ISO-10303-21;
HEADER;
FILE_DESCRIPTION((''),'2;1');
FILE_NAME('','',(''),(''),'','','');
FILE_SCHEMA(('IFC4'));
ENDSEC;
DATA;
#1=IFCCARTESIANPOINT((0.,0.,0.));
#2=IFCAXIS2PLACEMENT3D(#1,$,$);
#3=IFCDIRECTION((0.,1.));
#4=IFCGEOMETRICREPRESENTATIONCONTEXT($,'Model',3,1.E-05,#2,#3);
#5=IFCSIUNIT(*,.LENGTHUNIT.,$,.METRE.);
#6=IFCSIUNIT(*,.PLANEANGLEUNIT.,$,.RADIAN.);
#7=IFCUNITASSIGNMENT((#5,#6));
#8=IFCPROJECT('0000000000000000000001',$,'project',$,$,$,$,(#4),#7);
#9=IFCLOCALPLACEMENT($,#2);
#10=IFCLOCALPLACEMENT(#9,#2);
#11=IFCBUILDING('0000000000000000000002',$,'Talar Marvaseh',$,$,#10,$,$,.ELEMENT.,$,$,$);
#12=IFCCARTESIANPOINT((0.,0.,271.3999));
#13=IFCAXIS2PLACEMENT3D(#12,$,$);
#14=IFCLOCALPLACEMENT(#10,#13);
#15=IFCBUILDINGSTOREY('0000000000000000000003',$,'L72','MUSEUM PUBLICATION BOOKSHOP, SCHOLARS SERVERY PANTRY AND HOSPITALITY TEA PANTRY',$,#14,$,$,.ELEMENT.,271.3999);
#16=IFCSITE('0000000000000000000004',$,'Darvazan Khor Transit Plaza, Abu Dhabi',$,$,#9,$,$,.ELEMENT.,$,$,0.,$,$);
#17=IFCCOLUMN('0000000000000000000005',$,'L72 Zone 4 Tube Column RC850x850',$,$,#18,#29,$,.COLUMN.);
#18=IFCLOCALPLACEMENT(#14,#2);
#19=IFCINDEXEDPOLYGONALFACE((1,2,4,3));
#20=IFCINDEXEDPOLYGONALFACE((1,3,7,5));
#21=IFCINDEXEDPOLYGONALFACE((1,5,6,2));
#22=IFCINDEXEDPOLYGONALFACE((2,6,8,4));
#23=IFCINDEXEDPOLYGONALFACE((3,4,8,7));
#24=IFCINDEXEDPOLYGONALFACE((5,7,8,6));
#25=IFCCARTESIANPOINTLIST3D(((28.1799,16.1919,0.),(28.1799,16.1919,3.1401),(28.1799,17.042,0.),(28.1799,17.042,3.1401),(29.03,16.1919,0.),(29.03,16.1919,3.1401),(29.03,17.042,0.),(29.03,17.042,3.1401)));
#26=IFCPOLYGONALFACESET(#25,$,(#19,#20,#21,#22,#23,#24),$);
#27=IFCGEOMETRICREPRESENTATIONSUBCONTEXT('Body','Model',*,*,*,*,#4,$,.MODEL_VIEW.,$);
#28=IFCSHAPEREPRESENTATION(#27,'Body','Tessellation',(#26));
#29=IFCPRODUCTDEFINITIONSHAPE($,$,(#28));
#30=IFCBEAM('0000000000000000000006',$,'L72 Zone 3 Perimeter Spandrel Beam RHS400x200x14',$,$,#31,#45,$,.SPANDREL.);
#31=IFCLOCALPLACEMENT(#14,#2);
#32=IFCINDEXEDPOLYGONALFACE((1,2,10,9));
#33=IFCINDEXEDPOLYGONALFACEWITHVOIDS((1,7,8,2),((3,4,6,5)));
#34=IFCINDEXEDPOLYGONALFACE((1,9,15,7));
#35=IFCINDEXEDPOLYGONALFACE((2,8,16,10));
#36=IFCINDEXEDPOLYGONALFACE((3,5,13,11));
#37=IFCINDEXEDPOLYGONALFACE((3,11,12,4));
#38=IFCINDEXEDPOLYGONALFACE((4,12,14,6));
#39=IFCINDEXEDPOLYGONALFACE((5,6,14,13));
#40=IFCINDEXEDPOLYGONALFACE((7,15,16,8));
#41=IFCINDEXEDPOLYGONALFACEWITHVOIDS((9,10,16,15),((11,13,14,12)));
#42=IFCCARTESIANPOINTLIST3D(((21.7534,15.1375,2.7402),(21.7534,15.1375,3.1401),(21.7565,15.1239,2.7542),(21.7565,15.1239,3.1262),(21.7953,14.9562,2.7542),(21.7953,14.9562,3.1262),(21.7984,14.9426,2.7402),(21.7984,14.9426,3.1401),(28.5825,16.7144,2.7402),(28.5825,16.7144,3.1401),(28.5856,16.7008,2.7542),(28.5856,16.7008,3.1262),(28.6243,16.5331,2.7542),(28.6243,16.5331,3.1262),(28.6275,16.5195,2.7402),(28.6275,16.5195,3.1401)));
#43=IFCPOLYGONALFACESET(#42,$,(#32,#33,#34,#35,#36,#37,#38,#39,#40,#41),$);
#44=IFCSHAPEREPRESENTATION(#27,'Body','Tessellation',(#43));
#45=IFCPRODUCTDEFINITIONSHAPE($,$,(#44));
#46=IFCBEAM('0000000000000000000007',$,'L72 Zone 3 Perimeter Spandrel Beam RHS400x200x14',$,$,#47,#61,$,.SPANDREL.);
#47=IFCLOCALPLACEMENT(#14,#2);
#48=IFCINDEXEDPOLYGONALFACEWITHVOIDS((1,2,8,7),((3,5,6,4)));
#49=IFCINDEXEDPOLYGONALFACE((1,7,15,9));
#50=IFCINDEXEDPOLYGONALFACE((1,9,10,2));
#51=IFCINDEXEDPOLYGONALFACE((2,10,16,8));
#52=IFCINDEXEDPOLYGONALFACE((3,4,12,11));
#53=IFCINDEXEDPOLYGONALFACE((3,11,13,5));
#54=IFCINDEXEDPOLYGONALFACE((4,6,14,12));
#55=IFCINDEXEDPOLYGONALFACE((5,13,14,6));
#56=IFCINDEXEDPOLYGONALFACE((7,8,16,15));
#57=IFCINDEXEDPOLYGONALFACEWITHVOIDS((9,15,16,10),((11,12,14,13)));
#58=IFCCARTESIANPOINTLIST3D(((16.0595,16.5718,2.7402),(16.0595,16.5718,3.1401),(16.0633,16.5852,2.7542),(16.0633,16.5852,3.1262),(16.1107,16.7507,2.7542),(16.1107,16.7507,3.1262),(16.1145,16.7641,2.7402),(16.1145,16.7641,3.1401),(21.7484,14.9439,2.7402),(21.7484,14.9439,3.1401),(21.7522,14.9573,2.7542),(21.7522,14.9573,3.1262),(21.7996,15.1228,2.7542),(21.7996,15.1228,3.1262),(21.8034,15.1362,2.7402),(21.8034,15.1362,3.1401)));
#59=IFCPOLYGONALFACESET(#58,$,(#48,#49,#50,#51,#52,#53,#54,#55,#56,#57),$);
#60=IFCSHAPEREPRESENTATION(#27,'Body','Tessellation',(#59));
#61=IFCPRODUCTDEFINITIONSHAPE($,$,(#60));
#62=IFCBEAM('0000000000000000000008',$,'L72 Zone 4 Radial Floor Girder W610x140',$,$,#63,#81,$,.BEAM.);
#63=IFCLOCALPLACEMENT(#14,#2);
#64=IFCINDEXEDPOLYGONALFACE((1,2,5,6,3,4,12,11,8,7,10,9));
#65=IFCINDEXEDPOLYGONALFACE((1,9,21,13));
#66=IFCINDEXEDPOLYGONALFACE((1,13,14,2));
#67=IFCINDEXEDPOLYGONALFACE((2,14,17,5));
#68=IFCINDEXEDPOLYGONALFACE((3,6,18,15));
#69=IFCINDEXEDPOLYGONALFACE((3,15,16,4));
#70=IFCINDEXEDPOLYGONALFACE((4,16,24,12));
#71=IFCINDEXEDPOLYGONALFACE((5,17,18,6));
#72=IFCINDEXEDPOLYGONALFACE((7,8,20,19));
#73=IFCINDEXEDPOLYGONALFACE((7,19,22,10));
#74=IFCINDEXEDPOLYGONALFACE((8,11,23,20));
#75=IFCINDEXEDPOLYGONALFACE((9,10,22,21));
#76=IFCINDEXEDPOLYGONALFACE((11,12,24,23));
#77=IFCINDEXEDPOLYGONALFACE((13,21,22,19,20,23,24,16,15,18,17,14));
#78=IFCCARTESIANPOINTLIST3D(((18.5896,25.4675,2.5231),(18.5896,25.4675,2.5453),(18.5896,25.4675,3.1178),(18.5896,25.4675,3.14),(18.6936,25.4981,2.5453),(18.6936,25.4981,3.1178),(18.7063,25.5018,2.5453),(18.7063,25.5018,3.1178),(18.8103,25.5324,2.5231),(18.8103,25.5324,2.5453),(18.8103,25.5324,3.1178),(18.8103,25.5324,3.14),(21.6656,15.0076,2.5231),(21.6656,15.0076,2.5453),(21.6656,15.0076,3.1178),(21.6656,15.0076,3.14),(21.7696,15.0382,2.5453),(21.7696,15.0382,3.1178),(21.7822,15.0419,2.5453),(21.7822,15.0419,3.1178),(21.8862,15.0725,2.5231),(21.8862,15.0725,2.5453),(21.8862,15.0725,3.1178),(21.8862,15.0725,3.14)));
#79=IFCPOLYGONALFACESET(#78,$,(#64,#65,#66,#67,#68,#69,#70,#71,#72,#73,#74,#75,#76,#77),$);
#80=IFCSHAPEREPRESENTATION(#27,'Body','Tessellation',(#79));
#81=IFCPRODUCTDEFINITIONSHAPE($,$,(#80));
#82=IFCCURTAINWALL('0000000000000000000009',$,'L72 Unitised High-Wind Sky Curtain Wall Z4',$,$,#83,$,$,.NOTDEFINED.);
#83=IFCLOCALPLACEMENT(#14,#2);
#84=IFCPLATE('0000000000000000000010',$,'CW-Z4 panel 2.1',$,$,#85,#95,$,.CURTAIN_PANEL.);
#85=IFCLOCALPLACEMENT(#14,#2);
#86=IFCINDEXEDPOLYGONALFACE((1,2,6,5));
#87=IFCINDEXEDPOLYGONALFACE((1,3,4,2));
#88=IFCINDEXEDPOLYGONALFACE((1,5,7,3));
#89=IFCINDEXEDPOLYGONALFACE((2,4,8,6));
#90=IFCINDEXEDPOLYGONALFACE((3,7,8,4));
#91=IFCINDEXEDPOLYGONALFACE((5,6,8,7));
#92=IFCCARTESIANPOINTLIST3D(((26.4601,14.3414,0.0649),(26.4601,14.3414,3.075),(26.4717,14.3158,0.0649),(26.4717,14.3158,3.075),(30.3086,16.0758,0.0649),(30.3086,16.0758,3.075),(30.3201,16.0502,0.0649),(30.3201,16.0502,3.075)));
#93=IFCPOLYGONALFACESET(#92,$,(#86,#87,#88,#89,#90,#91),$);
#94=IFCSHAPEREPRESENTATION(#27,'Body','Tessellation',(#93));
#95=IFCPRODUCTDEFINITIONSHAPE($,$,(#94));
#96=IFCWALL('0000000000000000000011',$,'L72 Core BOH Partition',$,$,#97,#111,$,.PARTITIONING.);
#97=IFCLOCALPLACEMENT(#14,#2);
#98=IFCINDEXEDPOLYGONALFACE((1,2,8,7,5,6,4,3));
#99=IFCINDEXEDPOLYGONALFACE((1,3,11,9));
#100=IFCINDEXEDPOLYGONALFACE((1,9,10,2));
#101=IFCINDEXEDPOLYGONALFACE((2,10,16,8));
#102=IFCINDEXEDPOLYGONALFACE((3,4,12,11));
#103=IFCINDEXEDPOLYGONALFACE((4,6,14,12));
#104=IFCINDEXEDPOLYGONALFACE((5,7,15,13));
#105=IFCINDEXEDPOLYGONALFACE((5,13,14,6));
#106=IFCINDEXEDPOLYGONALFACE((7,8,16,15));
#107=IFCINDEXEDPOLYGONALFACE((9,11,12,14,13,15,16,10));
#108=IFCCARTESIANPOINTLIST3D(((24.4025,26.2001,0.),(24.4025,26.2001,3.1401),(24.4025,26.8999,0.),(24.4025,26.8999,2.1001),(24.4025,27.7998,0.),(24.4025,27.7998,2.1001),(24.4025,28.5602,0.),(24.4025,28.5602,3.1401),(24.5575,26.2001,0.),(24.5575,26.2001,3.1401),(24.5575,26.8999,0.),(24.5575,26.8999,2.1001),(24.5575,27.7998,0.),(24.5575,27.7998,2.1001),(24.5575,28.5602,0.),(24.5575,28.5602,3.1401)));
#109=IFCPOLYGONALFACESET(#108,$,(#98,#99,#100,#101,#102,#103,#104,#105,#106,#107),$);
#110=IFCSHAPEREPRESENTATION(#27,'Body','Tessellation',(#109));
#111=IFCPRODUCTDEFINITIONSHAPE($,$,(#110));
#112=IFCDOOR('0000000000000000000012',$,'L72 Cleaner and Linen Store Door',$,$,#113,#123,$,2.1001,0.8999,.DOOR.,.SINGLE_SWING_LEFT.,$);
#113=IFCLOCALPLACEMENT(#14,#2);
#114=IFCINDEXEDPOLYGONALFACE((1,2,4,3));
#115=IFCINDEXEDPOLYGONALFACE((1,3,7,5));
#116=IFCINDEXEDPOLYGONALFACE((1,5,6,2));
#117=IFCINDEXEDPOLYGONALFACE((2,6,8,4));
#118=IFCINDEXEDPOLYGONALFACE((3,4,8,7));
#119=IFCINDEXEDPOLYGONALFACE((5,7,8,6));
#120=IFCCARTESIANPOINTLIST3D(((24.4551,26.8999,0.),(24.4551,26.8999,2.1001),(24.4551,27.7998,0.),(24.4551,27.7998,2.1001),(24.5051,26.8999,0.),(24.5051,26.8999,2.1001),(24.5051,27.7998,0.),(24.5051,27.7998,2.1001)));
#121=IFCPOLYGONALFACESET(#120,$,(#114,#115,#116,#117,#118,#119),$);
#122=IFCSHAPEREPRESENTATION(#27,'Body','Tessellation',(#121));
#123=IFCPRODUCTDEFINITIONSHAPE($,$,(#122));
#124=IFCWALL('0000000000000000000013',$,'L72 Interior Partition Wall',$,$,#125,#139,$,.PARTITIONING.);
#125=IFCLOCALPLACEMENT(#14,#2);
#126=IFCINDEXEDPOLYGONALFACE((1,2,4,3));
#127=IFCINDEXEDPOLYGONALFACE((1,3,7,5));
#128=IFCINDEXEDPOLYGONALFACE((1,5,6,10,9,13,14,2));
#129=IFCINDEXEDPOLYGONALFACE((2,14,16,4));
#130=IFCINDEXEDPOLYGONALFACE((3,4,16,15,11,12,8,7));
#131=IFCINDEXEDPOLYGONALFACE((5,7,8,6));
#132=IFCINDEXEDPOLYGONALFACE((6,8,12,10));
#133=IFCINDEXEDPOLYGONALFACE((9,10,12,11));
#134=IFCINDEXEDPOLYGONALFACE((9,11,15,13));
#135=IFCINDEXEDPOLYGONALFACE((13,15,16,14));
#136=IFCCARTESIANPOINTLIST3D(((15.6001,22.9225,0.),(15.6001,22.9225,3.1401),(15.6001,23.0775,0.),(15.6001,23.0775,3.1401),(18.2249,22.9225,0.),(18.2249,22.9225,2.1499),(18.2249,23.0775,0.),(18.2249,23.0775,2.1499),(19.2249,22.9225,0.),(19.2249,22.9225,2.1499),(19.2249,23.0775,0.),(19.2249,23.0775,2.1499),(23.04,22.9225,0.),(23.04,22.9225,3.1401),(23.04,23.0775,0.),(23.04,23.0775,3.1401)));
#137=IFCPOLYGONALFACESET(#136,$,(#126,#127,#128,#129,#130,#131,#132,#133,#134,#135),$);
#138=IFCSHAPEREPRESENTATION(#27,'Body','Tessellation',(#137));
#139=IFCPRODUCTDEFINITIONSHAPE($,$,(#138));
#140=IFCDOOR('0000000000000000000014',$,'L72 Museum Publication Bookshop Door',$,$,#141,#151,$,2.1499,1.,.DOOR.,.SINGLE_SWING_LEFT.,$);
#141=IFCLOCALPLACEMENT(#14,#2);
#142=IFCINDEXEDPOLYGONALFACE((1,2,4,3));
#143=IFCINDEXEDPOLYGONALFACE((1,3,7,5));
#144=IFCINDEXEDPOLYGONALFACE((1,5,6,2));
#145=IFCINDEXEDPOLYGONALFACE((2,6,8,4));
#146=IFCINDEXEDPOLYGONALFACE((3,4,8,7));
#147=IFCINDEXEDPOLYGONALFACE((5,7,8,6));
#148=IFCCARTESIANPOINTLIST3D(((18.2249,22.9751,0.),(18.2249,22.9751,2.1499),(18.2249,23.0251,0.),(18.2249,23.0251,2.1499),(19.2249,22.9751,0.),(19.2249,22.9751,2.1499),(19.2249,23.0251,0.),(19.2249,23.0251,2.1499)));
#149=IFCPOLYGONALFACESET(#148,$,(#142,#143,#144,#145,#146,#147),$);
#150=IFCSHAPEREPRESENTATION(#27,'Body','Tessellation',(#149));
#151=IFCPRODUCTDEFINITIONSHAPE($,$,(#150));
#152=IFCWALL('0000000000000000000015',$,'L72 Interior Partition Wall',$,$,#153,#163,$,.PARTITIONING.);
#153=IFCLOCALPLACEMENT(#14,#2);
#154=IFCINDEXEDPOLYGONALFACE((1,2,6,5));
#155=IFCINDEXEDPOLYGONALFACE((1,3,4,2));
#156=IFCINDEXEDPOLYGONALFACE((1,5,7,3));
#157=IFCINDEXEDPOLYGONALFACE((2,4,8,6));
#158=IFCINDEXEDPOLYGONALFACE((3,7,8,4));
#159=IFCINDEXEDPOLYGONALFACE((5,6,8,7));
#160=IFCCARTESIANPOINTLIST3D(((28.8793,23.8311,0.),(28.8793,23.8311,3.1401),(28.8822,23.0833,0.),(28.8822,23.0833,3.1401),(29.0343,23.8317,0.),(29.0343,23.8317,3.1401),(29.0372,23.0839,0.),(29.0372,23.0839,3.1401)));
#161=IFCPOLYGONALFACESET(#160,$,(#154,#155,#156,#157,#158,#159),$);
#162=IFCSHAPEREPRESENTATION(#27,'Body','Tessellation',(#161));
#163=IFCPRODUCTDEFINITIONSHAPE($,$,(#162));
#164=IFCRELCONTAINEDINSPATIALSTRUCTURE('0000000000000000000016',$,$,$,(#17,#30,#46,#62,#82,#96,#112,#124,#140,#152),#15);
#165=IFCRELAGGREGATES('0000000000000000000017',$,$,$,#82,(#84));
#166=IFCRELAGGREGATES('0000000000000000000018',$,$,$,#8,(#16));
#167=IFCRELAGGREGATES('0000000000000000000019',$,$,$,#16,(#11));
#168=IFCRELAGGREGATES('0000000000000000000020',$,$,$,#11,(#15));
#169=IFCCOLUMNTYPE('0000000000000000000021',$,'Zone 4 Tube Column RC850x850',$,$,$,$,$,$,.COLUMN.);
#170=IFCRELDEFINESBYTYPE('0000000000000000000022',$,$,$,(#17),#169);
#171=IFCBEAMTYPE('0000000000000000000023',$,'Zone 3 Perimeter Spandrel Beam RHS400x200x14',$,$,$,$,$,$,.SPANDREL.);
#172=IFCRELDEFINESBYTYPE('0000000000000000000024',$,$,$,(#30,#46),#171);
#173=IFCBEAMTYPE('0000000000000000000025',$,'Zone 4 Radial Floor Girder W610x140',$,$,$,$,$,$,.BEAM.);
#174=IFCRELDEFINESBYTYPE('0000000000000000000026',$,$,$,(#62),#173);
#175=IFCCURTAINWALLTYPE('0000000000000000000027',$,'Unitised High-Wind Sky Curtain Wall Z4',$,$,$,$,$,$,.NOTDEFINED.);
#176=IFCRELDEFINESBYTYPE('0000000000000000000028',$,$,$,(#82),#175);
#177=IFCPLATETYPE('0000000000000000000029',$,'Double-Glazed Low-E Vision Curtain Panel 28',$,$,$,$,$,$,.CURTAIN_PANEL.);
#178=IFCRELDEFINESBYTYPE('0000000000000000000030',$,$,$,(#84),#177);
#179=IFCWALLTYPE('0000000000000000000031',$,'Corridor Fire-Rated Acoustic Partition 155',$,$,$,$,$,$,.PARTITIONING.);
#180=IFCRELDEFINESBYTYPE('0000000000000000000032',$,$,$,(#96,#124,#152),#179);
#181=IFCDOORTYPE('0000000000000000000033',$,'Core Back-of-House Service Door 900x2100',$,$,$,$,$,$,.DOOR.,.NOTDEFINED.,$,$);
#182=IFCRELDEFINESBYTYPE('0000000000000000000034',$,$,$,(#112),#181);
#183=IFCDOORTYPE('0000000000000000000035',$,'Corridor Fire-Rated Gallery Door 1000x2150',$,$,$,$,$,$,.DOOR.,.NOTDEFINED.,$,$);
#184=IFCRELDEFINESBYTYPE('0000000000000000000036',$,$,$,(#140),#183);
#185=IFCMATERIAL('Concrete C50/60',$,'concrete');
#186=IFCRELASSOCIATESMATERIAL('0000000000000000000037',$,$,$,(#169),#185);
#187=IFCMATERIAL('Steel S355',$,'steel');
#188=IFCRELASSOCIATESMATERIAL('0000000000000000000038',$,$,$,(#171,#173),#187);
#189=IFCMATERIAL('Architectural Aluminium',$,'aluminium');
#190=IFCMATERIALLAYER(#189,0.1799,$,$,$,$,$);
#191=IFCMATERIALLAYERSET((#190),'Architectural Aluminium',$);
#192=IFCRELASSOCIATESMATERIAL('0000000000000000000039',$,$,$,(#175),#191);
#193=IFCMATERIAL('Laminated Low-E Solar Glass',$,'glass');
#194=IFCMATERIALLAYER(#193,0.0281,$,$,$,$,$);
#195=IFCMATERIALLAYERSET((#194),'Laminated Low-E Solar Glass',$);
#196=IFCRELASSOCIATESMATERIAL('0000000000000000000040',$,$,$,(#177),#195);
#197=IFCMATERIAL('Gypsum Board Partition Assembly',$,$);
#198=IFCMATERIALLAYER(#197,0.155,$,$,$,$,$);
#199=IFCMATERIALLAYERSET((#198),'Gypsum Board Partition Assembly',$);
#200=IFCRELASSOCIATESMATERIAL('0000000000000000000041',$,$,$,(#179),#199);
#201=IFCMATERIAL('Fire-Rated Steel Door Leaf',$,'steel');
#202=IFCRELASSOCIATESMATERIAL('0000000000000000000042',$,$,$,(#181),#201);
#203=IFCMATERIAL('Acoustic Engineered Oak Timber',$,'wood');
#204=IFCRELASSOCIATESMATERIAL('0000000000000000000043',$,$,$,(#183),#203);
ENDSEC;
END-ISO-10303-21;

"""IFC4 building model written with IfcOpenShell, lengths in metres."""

from ifc_helpers import new_model, si_unit, direction, frame, frame_2d, origin, origin_2d, place, context, subcontext, project, spatial, rectangle, hollow_rectangle, i_section, extrude, source, transform, mapped, material, layer, layer_set, material_profile, profile_set, type_object, type_shapes, element, fill, aggregate, save


model = new_model("IFC4")

# Units and contexts
model_context = context("Model", 3, precision=1e-05, world=origin(), true_north=direction((0.0, 1.0)))
body_context = subcontext(model_context, "Body", "Model", "MODEL_VIEW")
ifc_project = project(units=[si_unit("LENGTHUNIT", "METRE"), si_unit("PLANEANGLEUNIT", "RADIAN")], contexts=[model_context])

# Site, building, storey
site_placement = place(None, origin())
site = spatial("IfcSite", under=ifc_project, at=site_placement, Name="Darvazan Khor Transit Plaza, Abu Dhabi", CompositionType="ELEMENT", RefElevation=0.0)
building_placement = place(site_placement, origin())
building = spatial("IfcBuilding", under=site, at=building_placement, Name="Talar Marvaseh", CompositionType="ELEMENT")
storey_placement = place(building_placement, frame((0.0, 0.0, 271.3999)))
storey = spatial("IfcBuildingStorey", under=building, at=storey_placement, Name="L72", Description="MUSEUM PUBLICATION BOOKSHOP, SCHOLARS SERVERY PANTRY AND HOSPITALITY TEA PANTRY", CompositionType="ELEMENT", Elevation=271.3999)

# Column
ifc_material_1 = material(Name="Concrete C50/60", Category="concrete")
ifc_material_profile_1 = material_profile(ifc_material_1, rectangle(XDim=0.8501, YDim=0.8501, at=origin_2d()), Name="RC850x850")
ifc_profile_set_1 = profile_set([ifc_material_profile_1], Name="Concrete C50/60")
column_type = type_object("IfcColumnType", Name="Zone 4 Tube Column RC850x850", PredefinedType="COLUMN", material=ifc_profile_set_1)
column_placement = place(storey_placement, frame((28.605, 16.6169, 0.0), z_axis=(0.0, 0.0, 1.0), x_axis=(1.0, 0.0, 0.0)))
element("IfcColumn", 1, at=column_placement, inside=storey, type_object=column_type, Name="L72 Zone 4 Tube Column RC850x850", PredefinedType="COLUMN", context=body_context, shape_type="SweptSolid", body=[
    extrude(rectangle(XDim=0.8501, YDim=0.8501, at=origin_2d()), origin(), (0.0, 0.0, 1.0), 3.1401),
])

# Beams
ifc_material_2 = material(Name="Steel S355", Category="steel")
ifc_material_profile_2 = material_profile(ifc_material_2, hollow_rectangle(XDim=0.2, YDim=0.3999, WallThickness=0.0139, at=origin_2d()), Name="RHS400x200x14")
ifc_profile_set_2 = profile_set([ifc_material_profile_2], Name="Steel S355")
beam_type_1 = type_object("IfcBeamType", Name="Zone 3 Perimeter Spandrel Beam RHS400x200x14", PredefinedType="SPANDREL", material=ifc_profile_set_2)
beam_1_placement = place(storey_placement, frame((28.605, 16.6169, 2.9402), z_axis=(-0.974361, -0.224989, 0.0), x_axis=(0.224989, -0.974361, 0.0)))
element("IfcBeam", 2, at=beam_1_placement, inside=storey, type_object=beam_type_1, Name="L72 Zone 3 Perimeter Spandrel Beam RHS400x200x14", PredefinedType="SPANDREL", context=body_context, shape_type="SweptSolid", body=[
    extrude(hollow_rectangle(XDim=0.2, YDim=0.3999, WallThickness=0.0139, at=origin_2d()), origin(), (0.0, 0.0, 1.0), 7.0088),
])
beam_2_placement = place(storey_placement, frame((21.7759, 15.04, 2.9402), z_axis=(-0.961412, 0.275113, 0.0), x_axis=(-0.275113, -0.961412, 0.0)))
element("IfcBeam", 3, at=beam_2_placement, inside=storey, type_object=beam_type_1, Name="L72 Zone 3 Perimeter Spandrel Beam RHS400x200x14", PredefinedType="SPANDREL", context=body_context, shape_type="SweptSolid", body=[
    extrude(hollow_rectangle(XDim=0.2, YDim=0.3999, WallThickness=0.0139, at=origin_2d()), origin(), (0.0, 0.0, 1.0), 5.9172),
])
ifc_material_profile_3 = material_profile(ifc_material_2, i_section(OverallWidth=0.23, OverallDepth=0.6169, WebThickness=0.0132, FlangeThickness=0.0222, at=origin_2d()), Name="W610x140")
ifc_profile_set_3 = profile_set([ifc_material_profile_3], Name="Steel S355")
beam_type_2 = type_object("IfcBeamType", Name="Zone 4 Radial Floor Girder W610x140", PredefinedType="BEAM", material=ifc_profile_set_3)
beam_3_placement = place(storey_placement, frame((21.7759, 15.04, 2.8315), z_axis=(-0.282121, 0.959379, 0.0), x_axis=(-0.959379, -0.282121, 0.0)))
element("IfcBeam", 4, at=beam_3_placement, inside=storey, type_object=beam_type_2, Name="L72 Zone 4 Radial Floor Girder W610x140", PredefinedType="BEAM", context=body_context, shape_type="SweptSolid", body=[
    extrude(i_section(OverallWidth=0.23, OverallDepth=0.6169, WebThickness=0.0132, FlangeThickness=0.0222, at=origin_2d()), origin(), (0.0, 0.0, 1.0), 10.9028),
])

# Curtain wall, plate
ifc_material_3 = material(Name="Architectural Aluminium", Category="aluminium")
ifc_layer_1 = layer(ifc_material_3, 0.1799)
ifc_layer_set_1 = layer_set([ifc_layer_1], Name="Architectural Aluminium")
curtain_wall_type = type_object("IfcCurtainWallType", Name="Unitised High-Wind Sky Curtain Wall Z4", PredefinedType="NOTDEFINED", material=ifc_layer_set_1)
curtain_wall_placement = place(storey_placement, origin())
curtain_wall = element("IfcCurtainWall", 5, at=curtain_wall_placement, inside=storey, type_object=curtain_wall_type, Name="L72 Unitised High-Wind Sky Curtain Wall Z4", PredefinedType="NOTDEFINED")
ifc_material_4 = material(Name="Laminated Low-E Solar Glass", Category="glass")
ifc_layer_2 = layer(ifc_material_4, 0.0281)
ifc_layer_set_2 = layer_set([ifc_layer_2], Name="Laminated Low-E Solar Glass")
plate_type = type_object("IfcPlateType", Name="Double-Glazed Low-E Vision Curtain Panel 28", PredefinedType="CURTAIN_PANEL", material=ifc_layer_set_2)
shared_shape_1 = source(origin(), body_context, "Body", "SweptSolid", [
    extrude(rectangle(XDim=4.2212, YDim=0.0281, at=origin_2d()), origin(), (0.0, 0.0, 1.0), 3.01),
])
type_shapes(plate_type, [shared_shape_1])
plate_placement = place(storey_placement, frame((28.3901, 15.1958, 0.0649), z_axis=(0.0, 0.0, 1.0), x_axis=(-0.911699, -0.41086, 0.0)))
plate = element("IfcPlate", 6, at=plate_placement, type_object=plate_type, Name="CW-Z4 panel 2.1", PredefinedType="CURTAIN_PANEL", context=body_context, shape_type="MappedRepresentation", body=[
    mapped(shared_shape_1, transform((0.0, 0.0, 0.0), x_axis=(1.0, 0.0, 0.0), y_axis=(0.0, 1.0, 0.0), z_axis=(0.0, 0.0, 1.0), scale=1.0)),
])
aggregate(curtain_wall, [plate])

# Walls, openings, doors
ifc_material_5 = material(Name="Gypsum Board Partition Assembly")
ifc_layer_3 = layer(ifc_material_5, 0.155)
ifc_layer_set_3 = layer_set([ifc_layer_3], Name="Gypsum Board Partition Assembly")
wall_type_1 = type_object("IfcWallType", Name="Corridor Fire-Rated Acoustic Partition 155", PredefinedType="PARTITIONING", material=ifc_layer_set_3)
wall_1_placement = place(storey_placement, frame((24.48, 26.2, 0.0), z_axis=(0.0, 0.0, 1.0), x_axis=(0.0, 1.0, 0.0)))
wall_1 = element("IfcWall", 7, at=wall_1_placement, inside=storey, type_object=wall_type_1, Name="L72 Core BOH Partition", PredefinedType="PARTITIONING", context=body_context, shape_type="SweptSolid", body=[
    extrude(rectangle(XDim=2.3601, YDim=0.155, at=frame_2d((1.1802, 0.0))), origin(), (0.0, 0.0, 1.0), 3.1401),
])
opening_1_placement = place(wall_1_placement, frame((0.7, 0.0, 0.0)))
opening_1 = element("IfcOpeningElement", 8, at=opening_1_placement, cuts=wall_1, PredefinedType="OPENING", context=body_context, shape_type="SweptSolid", body=[
    extrude(rectangle(XDim=0.8999, YDim=2.1001, at=frame_2d((0.45, 1.05))), frame((0.0, 0.0874, 0.0), z_axis=(0.0, -1.0, 0.0), x_axis=(1.0, 0.0, 0.0)), (0.0, 0.0, 1.0), 0.175),
])
ifc_material_6 = material(Name="Fire-Rated Steel Door Leaf", Category="steel")
door_type_1 = type_object("IfcDoorType", Name="Core Back-of-House Service Door 900x2100", OperationType="NOTDEFINED", PredefinedType="DOOR", material=ifc_material_6)
shared_shape_2 = source(origin(), body_context, "Body", "SweptSolid", [
    extrude(rectangle(XDim=0.8999, YDim=2.1001, at=frame_2d((0.45, 1.05))), frame((0.0, 0.0249, 0.0), z_axis=(0.0, -1.0, 0.0), x_axis=(1.0, 0.0, 0.0)), (0.0, 0.0, 1.0), 0.05),
])
type_shapes(door_type_1, [shared_shape_2])
door_1_placement = place(opening_1_placement, origin())
door_1 = element("IfcDoor", 9, at=door_1_placement, inside=storey, type_object=door_type_1, Name="L72 Cleaner and Linen Store Door", OperationType="SINGLE_SWING_LEFT", OverallHeight=2.1001, OverallWidth=0.8999, PredefinedType="DOOR", context=body_context, shape_type="MappedRepresentation", body=[
    mapped(shared_shape_2, transform((0.0, 0.0, 0.0), x_axis=(1.0, 0.0, 0.0), y_axis=(0.0, 1.0, 0.0), z_axis=(0.0, 0.0, 1.0), scale=1.0)),
])
fill(opening_1, door_1)
wall_2_placement = place(storey_placement, frame((23.04, 23.0, 0.0), z_axis=(0.0, 0.0, 1.0), x_axis=(-1.0, 0.0, 0.0)))
wall_2 = element("IfcWall", 10, at=wall_2_placement, inside=storey, type_object=wall_type_1, Name="L72 Interior Partition Wall", PredefinedType="PARTITIONING", context=body_context, shape_type="SweptSolid", body=[
    extrude(rectangle(XDim=7.4399, YDim=0.155, at=frame_2d((3.72, 0.0))), origin(), (0.0, 0.0, 1.0), 3.1401),
])
opening_2_placement = place(wall_2_placement, frame((3.8152, 0.0, 0.0)))
opening_2 = element("IfcOpeningElement", 11, at=opening_2_placement, cuts=wall_2, PredefinedType="OPENING", context=body_context, shape_type="SweptSolid", body=[
    extrude(rectangle(XDim=1.0, YDim=2.1499, at=frame_2d((0.5, 1.075))), frame((0.0, 0.0874, 0.0), z_axis=(0.0, -1.0, 0.0), x_axis=(1.0, 0.0, 0.0)), (0.0, 0.0, 1.0), 0.175),
])
ifc_material_7 = material(Name="Acoustic Engineered Oak Timber", Category="wood")
door_type_2 = type_object("IfcDoorType", Name="Corridor Fire-Rated Gallery Door 1000x2150", OperationType="NOTDEFINED", PredefinedType="DOOR", material=ifc_material_7)
shared_shape_3 = source(origin(), body_context, "Body", "SweptSolid", [
    extrude(rectangle(XDim=1.0, YDim=2.1499, at=frame_2d((0.5, 1.075))), frame((0.0, 0.0249, 0.0), z_axis=(0.0, -1.0, 0.0), x_axis=(1.0, 0.0, 0.0)), (0.0, 0.0, 1.0), 0.05),
])
type_shapes(door_type_2, [shared_shape_3])
door_2_placement = place(opening_2_placement, origin())
door_2 = element("IfcDoor", 12, at=door_2_placement, inside=storey, type_object=door_type_2, Name="L72 Museum Publication Bookshop Door", OperationType="SINGLE_SWING_LEFT", OverallHeight=2.1499, OverallWidth=1.0, PredefinedType="DOOR", context=body_context, shape_type="MappedRepresentation", body=[
    mapped(shared_shape_3, transform((0.0, 0.0, 0.0), x_axis=(1.0, 0.0, 0.0), y_axis=(0.0, 1.0, 0.0), z_axis=(0.0, 0.0, 1.0), scale=1.0)),
])
fill(opening_2, door_2)

# Wall
wall_3_placement = place(storey_placement, frame((28.9597, 23.0835, 0.0), z_axis=(0.0, 0.0, 1.0), x_axis=(-0.003918, 0.999992, 0.0)))
element("IfcWall", 13, at=wall_3_placement, inside=storey, type_object=wall_type_1, Name="L72 Interior Partition Wall", PredefinedType="PARTITIONING", context=body_context, shape_type="SweptSolid", body=[
    extrude(rectangle(XDim=0.7478, YDim=0.155, at=frame_2d((0.374, 0.0))), origin(), (0.0, 0.0, 1.0), 3.1401),
])

save(model, "model.ifc")
